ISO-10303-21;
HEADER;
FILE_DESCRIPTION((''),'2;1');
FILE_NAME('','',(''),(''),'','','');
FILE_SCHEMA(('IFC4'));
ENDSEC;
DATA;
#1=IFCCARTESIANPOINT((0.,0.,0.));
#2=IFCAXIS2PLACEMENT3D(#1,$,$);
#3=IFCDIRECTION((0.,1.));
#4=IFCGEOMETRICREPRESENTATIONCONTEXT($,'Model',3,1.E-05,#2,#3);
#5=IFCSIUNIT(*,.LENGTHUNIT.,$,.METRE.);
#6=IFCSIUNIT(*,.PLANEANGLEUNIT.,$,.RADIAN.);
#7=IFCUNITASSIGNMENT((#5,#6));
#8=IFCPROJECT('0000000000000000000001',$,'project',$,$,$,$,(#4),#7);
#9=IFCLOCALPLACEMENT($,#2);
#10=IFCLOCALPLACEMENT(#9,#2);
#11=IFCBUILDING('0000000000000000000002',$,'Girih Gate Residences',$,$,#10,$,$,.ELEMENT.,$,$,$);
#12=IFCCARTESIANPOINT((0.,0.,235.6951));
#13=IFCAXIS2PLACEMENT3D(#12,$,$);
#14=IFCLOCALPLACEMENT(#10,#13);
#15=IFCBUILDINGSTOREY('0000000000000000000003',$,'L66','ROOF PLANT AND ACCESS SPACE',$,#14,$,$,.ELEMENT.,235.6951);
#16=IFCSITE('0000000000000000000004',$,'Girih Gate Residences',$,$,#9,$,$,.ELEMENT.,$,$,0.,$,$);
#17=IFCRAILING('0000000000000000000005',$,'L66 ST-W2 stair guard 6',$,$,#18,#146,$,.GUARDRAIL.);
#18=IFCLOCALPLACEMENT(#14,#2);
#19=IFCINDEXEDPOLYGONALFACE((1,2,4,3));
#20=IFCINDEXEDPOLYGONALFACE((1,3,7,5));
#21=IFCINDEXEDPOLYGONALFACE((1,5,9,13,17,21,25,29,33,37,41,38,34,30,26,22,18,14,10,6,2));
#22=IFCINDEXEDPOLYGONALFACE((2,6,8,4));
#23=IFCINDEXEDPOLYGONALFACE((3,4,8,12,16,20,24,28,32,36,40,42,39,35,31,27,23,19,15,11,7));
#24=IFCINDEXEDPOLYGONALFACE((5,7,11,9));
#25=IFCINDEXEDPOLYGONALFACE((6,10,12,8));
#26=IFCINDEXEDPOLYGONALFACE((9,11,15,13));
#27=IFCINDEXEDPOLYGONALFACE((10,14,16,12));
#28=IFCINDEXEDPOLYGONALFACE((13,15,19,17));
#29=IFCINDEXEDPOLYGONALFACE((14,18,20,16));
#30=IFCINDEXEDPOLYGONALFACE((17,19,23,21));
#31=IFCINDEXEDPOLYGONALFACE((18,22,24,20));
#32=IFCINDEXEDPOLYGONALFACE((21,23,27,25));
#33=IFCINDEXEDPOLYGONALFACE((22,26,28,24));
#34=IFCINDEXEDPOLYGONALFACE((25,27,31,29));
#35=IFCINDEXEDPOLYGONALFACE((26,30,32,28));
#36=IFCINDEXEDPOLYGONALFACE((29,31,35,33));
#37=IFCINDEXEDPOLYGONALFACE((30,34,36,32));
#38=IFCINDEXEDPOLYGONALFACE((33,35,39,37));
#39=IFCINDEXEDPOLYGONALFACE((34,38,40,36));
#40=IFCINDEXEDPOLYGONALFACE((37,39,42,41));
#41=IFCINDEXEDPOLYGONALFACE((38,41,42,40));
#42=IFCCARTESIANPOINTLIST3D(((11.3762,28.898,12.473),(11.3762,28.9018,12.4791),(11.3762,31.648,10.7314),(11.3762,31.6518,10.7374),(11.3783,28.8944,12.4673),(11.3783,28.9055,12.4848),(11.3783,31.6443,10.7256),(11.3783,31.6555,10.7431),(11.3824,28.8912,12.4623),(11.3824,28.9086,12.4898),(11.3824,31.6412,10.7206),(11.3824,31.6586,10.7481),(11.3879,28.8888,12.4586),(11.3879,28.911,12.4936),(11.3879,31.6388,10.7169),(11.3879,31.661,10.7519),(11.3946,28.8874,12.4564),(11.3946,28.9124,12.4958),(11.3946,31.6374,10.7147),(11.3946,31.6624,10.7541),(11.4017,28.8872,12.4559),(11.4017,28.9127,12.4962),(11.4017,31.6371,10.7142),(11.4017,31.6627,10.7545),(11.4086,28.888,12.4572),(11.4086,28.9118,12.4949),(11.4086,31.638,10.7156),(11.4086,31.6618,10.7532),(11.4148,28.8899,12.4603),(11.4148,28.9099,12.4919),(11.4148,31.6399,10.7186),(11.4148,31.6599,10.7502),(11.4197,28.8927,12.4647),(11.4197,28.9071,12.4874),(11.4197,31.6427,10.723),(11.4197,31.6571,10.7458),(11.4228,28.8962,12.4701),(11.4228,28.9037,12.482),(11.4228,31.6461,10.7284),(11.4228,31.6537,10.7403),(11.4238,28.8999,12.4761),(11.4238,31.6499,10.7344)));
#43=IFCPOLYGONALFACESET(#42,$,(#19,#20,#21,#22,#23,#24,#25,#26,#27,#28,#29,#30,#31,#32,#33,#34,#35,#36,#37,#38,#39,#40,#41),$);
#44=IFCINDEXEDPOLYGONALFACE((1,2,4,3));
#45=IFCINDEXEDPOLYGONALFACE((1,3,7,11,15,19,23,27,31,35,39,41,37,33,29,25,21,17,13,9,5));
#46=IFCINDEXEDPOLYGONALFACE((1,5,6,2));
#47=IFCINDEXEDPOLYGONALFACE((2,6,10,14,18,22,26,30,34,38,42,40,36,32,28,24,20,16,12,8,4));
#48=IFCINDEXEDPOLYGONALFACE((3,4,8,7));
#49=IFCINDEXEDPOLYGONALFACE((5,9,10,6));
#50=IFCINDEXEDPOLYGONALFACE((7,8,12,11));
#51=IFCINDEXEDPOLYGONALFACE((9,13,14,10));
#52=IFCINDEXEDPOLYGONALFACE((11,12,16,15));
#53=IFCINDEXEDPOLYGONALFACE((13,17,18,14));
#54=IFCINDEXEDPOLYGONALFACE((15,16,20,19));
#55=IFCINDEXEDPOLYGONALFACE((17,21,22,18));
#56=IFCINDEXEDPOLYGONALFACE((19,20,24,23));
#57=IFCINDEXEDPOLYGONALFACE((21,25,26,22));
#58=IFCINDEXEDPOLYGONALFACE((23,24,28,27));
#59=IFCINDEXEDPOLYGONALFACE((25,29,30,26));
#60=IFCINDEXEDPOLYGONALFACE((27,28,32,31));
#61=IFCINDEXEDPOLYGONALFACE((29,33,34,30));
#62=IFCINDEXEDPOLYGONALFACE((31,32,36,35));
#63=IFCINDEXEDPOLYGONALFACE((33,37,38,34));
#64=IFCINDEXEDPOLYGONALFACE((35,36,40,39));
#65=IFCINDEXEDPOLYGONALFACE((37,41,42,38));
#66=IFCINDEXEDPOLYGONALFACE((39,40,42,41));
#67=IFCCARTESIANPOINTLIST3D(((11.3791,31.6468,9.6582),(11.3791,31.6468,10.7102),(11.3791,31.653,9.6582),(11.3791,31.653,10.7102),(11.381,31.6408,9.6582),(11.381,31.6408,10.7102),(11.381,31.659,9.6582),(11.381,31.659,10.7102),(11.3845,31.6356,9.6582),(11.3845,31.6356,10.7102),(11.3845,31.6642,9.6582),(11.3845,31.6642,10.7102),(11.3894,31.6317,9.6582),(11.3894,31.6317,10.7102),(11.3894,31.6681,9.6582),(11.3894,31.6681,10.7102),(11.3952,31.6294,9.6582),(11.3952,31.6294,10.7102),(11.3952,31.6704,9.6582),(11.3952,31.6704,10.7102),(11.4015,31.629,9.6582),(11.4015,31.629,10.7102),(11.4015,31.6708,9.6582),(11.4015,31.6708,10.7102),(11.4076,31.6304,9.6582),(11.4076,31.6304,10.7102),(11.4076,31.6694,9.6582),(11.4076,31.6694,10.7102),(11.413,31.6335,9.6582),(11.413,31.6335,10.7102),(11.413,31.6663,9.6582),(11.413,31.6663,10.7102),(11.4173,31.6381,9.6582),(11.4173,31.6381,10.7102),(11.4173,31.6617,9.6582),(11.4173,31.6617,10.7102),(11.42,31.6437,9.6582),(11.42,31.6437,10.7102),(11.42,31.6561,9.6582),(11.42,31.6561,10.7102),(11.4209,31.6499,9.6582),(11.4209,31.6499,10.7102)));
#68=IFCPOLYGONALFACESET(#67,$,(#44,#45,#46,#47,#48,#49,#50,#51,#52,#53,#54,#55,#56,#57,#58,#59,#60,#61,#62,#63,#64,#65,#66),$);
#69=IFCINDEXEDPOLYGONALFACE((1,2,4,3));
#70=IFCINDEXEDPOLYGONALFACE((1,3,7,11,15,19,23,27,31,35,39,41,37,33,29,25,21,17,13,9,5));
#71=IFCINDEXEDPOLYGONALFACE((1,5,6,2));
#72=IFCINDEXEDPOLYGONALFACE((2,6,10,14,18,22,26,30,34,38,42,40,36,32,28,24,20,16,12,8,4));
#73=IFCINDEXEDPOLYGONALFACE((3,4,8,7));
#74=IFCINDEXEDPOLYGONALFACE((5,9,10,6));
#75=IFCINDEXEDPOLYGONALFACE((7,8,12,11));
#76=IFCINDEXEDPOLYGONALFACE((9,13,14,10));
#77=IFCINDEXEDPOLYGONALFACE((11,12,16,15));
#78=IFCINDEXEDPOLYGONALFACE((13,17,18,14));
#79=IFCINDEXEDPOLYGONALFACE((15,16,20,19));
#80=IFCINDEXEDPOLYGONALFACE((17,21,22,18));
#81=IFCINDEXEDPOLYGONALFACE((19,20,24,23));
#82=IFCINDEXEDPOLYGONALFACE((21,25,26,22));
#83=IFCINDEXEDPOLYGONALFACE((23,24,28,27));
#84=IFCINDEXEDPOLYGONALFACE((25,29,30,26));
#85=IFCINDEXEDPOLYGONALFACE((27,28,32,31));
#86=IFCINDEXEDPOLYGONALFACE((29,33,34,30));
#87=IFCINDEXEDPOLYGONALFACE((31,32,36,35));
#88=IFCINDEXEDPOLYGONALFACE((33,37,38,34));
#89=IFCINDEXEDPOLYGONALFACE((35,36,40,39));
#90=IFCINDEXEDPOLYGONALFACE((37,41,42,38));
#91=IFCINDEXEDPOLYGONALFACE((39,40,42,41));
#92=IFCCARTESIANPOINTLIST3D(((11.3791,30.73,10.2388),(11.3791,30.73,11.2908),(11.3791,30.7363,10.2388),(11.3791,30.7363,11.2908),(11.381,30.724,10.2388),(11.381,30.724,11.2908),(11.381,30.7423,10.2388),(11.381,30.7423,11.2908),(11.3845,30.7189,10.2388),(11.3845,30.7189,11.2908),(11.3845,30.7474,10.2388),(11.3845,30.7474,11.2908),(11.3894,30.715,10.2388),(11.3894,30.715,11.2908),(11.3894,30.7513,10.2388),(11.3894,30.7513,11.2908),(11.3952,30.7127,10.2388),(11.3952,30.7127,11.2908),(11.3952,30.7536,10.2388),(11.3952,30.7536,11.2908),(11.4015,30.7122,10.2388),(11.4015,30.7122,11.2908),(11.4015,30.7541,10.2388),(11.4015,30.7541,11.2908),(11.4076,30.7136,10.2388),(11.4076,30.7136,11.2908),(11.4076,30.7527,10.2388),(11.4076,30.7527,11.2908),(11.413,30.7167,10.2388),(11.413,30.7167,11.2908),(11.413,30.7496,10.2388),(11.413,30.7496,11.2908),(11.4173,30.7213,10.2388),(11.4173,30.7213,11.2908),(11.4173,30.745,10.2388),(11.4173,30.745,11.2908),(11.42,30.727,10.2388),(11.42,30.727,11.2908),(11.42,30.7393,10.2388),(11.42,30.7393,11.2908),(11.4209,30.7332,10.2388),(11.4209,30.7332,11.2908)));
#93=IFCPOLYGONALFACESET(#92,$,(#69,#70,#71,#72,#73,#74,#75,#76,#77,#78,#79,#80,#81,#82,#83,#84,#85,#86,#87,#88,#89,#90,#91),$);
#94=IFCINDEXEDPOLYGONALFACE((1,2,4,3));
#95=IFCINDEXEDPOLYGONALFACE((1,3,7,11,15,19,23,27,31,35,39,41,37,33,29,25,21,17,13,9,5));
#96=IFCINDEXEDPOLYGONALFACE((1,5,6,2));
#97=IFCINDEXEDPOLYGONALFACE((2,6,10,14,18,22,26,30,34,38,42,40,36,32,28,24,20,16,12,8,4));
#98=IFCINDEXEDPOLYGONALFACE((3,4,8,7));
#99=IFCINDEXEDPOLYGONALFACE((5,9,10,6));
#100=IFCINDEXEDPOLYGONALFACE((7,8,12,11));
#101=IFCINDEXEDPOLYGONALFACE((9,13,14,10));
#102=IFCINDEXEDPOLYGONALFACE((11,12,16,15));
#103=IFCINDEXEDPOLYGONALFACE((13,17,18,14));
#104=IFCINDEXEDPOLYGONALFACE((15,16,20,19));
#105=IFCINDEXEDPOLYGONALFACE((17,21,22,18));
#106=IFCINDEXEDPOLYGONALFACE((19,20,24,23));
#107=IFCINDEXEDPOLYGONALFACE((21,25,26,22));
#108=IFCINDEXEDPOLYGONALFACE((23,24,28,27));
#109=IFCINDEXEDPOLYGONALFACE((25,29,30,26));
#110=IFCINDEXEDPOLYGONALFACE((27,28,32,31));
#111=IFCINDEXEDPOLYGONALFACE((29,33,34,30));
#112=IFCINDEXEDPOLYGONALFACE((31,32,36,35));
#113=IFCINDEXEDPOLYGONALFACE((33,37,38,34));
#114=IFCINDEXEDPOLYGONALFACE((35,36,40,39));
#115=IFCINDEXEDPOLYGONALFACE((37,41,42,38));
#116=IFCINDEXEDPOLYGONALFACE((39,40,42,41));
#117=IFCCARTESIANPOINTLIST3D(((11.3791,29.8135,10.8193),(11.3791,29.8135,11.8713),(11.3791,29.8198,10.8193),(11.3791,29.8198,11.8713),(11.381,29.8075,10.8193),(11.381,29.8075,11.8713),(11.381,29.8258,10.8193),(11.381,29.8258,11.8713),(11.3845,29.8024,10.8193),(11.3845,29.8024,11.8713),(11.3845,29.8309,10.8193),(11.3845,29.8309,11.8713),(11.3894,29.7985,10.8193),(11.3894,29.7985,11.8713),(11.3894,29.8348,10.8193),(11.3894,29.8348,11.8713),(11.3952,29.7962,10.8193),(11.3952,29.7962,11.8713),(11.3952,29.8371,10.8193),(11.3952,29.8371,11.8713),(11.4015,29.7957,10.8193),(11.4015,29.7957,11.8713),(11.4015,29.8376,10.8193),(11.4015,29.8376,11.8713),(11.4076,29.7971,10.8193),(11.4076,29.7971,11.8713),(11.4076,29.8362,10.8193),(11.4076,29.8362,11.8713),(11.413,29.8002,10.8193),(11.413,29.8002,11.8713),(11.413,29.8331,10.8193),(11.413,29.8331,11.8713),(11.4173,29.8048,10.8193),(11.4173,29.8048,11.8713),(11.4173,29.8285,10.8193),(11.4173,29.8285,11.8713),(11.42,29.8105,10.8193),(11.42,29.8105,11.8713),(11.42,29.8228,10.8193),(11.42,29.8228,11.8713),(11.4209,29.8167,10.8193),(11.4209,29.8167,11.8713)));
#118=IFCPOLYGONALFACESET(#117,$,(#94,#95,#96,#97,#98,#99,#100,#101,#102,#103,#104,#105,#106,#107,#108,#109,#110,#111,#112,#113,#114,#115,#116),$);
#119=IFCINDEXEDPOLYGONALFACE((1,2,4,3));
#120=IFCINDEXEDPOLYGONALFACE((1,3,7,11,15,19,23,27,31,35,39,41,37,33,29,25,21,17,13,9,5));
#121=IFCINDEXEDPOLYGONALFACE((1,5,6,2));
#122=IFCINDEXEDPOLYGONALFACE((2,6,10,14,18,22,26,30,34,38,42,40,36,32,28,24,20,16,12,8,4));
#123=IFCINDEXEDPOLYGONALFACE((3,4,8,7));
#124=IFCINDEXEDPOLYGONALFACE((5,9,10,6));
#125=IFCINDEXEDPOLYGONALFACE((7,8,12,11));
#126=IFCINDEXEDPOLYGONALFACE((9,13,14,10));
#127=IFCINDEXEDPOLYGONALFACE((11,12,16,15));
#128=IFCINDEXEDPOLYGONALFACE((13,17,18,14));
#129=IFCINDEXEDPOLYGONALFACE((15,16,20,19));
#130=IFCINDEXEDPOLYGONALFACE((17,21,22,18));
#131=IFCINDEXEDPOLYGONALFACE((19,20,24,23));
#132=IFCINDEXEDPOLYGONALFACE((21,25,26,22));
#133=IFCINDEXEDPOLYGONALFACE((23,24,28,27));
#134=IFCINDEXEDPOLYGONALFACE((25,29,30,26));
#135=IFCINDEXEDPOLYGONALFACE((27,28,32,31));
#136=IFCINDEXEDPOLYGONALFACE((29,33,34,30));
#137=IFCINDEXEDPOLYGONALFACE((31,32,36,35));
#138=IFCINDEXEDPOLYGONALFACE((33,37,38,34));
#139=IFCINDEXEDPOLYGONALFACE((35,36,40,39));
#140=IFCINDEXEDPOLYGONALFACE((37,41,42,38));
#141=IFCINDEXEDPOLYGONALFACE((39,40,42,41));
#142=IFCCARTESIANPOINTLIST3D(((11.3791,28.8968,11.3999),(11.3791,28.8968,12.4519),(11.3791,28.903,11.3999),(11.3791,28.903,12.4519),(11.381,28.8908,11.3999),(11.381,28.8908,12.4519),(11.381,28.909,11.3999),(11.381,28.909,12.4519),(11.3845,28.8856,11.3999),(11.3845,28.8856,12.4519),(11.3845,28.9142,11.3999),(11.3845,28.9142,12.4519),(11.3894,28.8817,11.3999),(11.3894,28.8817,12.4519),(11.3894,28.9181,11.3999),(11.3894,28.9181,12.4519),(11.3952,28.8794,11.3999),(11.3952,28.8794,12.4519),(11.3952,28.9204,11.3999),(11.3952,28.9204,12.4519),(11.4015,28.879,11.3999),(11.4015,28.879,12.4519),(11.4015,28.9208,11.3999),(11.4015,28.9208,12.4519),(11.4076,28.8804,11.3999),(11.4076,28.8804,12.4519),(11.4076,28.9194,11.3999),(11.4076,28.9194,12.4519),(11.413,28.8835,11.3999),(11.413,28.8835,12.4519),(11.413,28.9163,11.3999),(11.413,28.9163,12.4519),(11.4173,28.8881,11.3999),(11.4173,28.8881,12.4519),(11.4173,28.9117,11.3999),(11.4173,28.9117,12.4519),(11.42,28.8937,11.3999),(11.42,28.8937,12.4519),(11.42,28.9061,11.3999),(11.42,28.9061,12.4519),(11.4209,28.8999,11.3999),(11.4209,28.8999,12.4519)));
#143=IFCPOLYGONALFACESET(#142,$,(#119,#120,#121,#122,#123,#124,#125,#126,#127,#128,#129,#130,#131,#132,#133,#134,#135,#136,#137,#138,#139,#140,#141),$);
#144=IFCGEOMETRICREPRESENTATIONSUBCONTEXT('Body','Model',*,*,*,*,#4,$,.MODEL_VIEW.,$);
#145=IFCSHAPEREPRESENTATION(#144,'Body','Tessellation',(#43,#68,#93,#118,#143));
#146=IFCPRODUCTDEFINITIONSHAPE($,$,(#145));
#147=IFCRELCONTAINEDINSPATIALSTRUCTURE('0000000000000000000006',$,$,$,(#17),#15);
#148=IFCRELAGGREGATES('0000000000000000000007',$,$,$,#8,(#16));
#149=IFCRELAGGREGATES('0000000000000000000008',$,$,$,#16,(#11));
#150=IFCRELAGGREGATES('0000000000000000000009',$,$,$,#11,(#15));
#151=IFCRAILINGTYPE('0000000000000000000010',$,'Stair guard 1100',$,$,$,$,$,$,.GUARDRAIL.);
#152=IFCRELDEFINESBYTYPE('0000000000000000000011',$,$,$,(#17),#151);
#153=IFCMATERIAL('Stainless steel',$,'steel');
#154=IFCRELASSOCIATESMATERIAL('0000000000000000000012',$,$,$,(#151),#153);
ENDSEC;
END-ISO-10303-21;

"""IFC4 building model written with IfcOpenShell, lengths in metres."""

from ifc_helpers import new_model, si_unit, direction, frame, origin, origin_2d, place, context, subcontext, project, spatial, circle, extrude, material, type_object, element, save


model = new_model("IFC4")

# Units and contexts
model_context = context("Model", 3, precision=1e-05, world=origin(), true_north=direction((0.0, 1.0)))
body_context = subcontext(model_context, "Body", "Model", "MODEL_VIEW")
ifc_project = project(units=[si_unit("LENGTHUNIT", "METRE"), si_unit("PLANEANGLEUNIT", "RADIAN")], contexts=[model_context])

# Site, building, storey
site_placement = place(None, origin())
site = spatial("IfcSite", under=ifc_project, at=site_placement, Name="Girih Gate Residences", CompositionType="ELEMENT", RefElevation=0.0)
building_placement = place(site_placement, origin())
building = spatial("IfcBuilding", under=site, at=building_placement, Name="Girih Gate Residences", CompositionType="ELEMENT")
storey_placement = place(building_placement, frame((0.0, 0.0, 235.6951)))
storey = spatial("IfcBuildingStorey", under=building, at=storey_placement, Name="L66", Description="ROOF PLANT AND ACCESS SPACE", CompositionType="ELEMENT", Elevation=235.6951)

# Railing
ifc_material_1 = material(Name="Stainless steel", Category="steel")
railing_type_1 = type_object("IfcRailingType", Name="Stair guard 1100", PredefinedType="GUARDRAIL", material=ifc_material_1)
railing_1_placement = place(storey_placement, frame((11.3999, 31.6499, 9.6582)))
element("IfcRailing", 1, at=railing_1_placement, inside=storey, type_object=railing_type_1, Name="L66 ST-W2 stair guard 6", PredefinedType="GUARDRAIL", context=body_context, shape_type="SweptSolid", body=[
    extrude(circle(Radius=0.0239, at=origin_2d()), frame((0.0, 0.0, 1.0762), z_axis=(0.0, -0.844815, 0.535059), x_axis=(1.0, 0.0, 0.0)), (0.0, 0.0, 1.0), 3.2551),
    extrude(circle(Radius=0.021, at=origin_2d()), origin(), (0.0, 0.0, 1.0), 1.052),
    extrude(circle(Radius=0.021, at=origin_2d()), frame((0.0, -0.9167, 0.5806)), (0.0, 0.0, 1.0), 1.052),
    extrude(circle(Radius=0.021, at=origin_2d()), frame((0.0, -1.8333, 1.1611)), (0.0, 0.0, 1.0), 1.052),
    extrude(circle(Radius=0.021, at=origin_2d()), frame((0.0, -2.75, 1.7417)), (0.0, 0.0, 1.0), 1.052),
])

save(model, "model.ifc")
